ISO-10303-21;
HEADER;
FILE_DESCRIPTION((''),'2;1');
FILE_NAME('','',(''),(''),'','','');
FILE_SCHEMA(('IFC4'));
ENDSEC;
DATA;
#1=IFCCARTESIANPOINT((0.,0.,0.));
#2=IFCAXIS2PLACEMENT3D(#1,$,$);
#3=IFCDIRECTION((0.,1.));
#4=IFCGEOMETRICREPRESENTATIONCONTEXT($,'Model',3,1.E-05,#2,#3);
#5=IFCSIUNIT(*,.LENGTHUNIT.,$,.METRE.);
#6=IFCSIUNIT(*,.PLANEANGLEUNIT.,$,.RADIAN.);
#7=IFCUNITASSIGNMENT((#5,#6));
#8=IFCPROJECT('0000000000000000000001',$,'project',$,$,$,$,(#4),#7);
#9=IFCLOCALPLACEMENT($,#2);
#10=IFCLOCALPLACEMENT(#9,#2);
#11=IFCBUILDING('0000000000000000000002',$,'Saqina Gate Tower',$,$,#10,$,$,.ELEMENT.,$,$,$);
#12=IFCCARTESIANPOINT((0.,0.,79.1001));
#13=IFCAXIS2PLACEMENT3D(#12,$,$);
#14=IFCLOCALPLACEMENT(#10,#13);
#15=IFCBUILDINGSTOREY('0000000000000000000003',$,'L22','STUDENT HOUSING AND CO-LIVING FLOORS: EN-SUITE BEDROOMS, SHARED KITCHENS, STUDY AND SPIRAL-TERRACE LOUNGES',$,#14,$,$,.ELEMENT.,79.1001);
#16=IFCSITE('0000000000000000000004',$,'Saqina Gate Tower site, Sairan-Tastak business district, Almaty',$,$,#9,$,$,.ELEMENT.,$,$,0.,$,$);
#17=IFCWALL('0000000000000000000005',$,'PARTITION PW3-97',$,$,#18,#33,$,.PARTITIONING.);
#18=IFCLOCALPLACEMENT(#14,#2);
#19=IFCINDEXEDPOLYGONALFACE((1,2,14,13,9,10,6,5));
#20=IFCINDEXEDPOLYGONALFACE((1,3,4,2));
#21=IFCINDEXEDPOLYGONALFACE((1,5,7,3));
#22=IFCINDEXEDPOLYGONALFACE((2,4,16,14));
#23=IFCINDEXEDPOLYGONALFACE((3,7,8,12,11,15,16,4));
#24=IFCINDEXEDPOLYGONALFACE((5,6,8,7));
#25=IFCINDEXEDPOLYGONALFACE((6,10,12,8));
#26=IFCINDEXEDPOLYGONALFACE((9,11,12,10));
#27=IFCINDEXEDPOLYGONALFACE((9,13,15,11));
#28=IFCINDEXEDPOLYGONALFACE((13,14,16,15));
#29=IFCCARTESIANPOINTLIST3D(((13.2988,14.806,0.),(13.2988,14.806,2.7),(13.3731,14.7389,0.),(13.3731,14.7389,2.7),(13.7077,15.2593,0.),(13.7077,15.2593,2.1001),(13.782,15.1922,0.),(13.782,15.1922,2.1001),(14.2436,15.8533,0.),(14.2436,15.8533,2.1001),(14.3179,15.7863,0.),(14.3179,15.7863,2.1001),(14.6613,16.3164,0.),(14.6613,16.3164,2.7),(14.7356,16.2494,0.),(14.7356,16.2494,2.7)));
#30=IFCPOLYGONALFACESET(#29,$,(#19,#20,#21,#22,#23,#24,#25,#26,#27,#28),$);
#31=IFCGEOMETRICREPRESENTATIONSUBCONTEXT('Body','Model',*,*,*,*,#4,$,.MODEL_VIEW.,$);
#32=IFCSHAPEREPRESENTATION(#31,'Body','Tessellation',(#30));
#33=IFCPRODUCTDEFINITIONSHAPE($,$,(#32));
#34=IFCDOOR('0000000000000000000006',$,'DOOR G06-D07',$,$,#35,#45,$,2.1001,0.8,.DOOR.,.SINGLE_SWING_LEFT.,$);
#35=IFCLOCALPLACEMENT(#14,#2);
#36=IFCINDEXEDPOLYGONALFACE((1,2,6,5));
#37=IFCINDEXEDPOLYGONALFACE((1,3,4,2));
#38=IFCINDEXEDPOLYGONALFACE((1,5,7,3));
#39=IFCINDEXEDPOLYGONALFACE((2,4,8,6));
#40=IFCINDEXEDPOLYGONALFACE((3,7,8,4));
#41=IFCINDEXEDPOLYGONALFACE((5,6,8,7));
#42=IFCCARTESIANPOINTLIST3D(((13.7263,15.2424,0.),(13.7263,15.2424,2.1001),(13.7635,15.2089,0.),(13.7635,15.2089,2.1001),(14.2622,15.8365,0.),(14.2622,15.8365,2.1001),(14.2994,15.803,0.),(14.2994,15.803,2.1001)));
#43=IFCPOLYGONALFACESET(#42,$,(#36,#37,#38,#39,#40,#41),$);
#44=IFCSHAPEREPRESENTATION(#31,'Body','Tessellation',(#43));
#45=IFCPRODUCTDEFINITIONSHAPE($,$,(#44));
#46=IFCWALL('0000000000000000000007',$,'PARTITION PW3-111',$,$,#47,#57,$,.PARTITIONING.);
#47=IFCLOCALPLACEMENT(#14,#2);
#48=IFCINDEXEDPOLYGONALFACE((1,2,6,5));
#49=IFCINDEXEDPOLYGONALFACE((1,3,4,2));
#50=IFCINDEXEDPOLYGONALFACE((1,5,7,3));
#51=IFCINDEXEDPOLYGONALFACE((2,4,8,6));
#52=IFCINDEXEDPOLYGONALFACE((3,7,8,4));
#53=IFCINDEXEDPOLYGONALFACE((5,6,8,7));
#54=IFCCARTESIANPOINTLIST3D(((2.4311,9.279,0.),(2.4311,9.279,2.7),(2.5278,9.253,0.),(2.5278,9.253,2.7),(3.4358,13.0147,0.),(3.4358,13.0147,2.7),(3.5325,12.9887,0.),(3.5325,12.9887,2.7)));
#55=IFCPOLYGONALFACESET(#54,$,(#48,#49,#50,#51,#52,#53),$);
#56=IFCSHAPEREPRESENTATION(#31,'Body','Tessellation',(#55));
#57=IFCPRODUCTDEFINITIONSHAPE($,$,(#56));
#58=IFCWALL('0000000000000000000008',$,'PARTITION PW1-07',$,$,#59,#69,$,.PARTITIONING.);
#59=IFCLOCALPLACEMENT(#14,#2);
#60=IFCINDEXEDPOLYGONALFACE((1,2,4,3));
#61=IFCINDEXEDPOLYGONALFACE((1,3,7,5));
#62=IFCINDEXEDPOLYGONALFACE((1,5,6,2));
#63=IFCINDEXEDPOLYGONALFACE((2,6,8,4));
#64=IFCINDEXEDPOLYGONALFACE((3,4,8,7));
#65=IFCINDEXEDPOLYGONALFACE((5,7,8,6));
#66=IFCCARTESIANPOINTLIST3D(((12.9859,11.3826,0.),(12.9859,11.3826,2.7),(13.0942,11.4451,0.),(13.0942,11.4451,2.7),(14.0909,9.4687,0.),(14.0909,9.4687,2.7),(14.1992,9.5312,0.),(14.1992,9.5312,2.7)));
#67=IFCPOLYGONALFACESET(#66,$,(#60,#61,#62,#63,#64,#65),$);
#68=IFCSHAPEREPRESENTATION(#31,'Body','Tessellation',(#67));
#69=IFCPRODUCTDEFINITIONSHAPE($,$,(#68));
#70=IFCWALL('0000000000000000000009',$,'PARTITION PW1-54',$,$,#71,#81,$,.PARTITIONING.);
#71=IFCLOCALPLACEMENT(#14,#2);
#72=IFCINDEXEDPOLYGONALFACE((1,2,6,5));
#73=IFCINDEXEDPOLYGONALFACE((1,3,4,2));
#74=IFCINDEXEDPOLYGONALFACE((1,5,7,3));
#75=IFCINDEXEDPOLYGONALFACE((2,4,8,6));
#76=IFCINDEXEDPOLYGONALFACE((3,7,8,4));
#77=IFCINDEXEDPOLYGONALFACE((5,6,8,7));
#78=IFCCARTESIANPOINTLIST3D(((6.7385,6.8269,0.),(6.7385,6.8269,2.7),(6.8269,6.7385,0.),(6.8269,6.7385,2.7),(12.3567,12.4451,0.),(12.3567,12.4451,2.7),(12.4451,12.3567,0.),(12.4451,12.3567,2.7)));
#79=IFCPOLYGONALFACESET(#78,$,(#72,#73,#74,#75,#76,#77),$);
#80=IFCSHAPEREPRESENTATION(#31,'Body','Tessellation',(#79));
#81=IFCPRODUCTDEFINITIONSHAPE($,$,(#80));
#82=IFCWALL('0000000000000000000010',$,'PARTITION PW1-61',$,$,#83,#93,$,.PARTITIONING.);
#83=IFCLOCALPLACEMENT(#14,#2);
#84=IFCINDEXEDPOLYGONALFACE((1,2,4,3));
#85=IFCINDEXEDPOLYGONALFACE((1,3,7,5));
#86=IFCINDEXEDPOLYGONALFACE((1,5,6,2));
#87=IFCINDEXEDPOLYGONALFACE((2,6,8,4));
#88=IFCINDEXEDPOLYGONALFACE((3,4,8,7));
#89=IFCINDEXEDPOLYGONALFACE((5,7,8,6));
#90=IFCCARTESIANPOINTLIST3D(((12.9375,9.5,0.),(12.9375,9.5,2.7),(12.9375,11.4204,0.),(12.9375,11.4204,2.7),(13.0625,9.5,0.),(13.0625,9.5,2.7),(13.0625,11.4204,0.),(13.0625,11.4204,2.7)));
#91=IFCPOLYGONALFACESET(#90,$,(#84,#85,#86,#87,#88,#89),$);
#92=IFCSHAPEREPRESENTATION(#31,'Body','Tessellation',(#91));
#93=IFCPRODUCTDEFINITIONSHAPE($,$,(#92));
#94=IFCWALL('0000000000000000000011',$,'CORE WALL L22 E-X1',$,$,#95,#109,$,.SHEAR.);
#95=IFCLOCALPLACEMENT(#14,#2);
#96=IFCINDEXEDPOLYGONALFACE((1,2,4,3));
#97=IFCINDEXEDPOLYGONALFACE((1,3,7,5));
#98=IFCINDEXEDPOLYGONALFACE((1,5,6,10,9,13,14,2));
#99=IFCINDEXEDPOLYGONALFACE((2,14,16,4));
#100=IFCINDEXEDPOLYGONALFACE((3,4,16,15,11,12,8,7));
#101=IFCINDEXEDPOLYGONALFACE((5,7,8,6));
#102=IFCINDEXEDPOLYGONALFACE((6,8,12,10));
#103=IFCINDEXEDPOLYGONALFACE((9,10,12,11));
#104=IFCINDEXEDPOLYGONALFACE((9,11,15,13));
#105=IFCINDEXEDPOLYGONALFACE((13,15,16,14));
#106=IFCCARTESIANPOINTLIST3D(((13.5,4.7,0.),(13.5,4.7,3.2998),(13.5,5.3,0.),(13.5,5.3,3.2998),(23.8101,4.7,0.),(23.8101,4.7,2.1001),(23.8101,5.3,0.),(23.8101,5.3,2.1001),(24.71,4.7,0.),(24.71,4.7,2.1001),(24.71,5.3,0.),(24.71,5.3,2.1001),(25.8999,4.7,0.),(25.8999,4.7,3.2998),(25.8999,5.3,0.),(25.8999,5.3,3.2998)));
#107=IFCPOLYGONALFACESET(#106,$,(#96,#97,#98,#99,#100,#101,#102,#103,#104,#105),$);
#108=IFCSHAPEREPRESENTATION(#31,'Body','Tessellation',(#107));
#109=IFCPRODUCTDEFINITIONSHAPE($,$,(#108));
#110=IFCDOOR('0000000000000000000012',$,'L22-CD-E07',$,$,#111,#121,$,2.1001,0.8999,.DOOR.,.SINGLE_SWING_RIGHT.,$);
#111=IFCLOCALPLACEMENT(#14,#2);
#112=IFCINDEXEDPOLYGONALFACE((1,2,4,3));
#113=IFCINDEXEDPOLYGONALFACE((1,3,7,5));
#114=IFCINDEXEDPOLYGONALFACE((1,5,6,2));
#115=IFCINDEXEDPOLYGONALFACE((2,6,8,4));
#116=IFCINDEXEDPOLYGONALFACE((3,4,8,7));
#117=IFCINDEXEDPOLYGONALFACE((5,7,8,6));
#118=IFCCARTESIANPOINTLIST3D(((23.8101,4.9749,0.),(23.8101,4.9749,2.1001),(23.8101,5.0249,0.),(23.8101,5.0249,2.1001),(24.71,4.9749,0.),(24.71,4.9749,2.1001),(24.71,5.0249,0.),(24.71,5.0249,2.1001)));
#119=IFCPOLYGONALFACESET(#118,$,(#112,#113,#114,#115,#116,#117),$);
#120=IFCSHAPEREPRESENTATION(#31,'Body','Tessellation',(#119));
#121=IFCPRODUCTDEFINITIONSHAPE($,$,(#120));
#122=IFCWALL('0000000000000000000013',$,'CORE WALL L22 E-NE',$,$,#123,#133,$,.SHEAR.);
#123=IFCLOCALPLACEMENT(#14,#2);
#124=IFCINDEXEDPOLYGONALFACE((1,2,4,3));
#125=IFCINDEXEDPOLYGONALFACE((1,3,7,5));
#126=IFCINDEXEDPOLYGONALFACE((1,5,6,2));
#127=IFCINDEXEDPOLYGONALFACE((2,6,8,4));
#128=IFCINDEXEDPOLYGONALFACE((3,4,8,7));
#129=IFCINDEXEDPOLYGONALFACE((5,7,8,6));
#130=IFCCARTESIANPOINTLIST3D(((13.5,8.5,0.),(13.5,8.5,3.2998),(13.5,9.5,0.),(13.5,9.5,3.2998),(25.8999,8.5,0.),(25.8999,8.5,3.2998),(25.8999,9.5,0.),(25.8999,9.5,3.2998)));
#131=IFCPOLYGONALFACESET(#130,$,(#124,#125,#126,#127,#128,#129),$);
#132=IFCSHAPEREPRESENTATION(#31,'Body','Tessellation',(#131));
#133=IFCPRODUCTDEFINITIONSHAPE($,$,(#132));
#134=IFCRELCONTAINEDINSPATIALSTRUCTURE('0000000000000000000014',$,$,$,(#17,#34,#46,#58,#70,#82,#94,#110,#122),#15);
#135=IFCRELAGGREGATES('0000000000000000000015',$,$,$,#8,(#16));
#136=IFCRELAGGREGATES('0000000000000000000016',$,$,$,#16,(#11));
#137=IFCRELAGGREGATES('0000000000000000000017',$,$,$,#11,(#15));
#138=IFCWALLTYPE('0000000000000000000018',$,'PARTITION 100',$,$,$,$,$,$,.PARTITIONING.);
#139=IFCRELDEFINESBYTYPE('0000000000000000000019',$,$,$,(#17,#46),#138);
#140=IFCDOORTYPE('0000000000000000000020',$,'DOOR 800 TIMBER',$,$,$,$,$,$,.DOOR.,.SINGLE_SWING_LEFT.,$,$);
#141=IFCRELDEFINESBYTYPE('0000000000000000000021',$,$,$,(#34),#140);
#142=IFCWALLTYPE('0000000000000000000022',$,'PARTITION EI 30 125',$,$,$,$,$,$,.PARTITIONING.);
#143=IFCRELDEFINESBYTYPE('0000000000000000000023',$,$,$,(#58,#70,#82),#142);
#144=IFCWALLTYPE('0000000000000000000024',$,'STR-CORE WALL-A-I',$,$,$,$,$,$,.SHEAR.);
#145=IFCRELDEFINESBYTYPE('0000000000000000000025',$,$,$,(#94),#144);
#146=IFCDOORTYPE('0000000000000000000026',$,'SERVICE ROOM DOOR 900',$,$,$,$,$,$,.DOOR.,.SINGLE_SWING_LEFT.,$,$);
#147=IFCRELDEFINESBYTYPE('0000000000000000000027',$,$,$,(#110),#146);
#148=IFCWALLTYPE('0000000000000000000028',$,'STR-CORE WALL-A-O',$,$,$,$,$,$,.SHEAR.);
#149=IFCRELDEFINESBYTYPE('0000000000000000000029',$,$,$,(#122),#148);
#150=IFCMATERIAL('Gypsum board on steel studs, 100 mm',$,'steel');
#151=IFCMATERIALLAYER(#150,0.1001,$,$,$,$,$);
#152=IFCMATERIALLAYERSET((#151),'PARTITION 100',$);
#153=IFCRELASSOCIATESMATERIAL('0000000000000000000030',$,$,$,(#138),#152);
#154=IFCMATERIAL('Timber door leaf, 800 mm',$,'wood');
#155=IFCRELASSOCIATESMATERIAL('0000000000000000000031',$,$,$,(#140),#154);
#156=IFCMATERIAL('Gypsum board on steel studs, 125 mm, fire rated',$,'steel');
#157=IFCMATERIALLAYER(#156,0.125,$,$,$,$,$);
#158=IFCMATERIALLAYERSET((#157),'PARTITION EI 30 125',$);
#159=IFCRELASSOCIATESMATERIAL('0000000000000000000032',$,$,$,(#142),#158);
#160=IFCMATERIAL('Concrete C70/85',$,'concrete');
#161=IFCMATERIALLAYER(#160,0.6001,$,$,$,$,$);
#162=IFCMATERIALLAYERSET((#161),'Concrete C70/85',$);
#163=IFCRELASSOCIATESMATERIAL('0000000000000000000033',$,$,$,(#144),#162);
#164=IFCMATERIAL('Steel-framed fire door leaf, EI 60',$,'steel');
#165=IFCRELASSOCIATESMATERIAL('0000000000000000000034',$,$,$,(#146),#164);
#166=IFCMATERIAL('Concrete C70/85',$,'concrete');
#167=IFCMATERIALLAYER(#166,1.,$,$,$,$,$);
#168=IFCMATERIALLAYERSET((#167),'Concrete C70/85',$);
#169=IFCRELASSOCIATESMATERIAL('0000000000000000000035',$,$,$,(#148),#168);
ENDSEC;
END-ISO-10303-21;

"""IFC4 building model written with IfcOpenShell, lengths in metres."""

from ifc_helpers import new_model, si_unit, direction, frame, frame_2d, origin, place, context, subcontext, project, spatial, rectangle, extrude, material, layer, layer_set, type_object, element, fill, save


model = new_model("IFC4")

# Units and contexts
model_context = context("Model", 3, precision=1e-05, world=origin(), true_north=direction((0.0, 1.0)))
body_context = subcontext(model_context, "Body", "Model", "MODEL_VIEW")
ifc_project = project(units=[si_unit("LENGTHUNIT", "METRE"), si_unit("PLANEANGLEUNIT", "RADIAN")], contexts=[model_context])

# Site, building, storey
site_placement = place(None, origin())
site = spatial("IfcSite", under=ifc_project, at=site_placement, Name="Saqina Gate Tower site, Sairan-Tastak business district, Almaty", CompositionType="ELEMENT", RefElevation=0.0)
building_placement = place(site_placement, origin())
building = spatial("IfcBuilding", under=site, at=building_placement, Name="Saqina Gate Tower", CompositionType="ELEMENT")
storey_placement = place(building_placement, frame((0.0, 0.0, 79.1001)))
storey = spatial("IfcBuildingStorey", under=building, at=storey_placement, Name="L22", Description="STUDENT HOUSING AND CO-LIVING FLOORS: EN-SUITE BEDROOMS, SHARED KITCHENS, STUDY AND SPIRAL-TERRACE LOUNGES", CompositionType="ELEMENT", Elevation=79.1001)

# Wall, opening, door
ifc_material_1 = material(Name="Gypsum board on steel studs, 100 mm", Category="steel")
ifc_layer_1 = layer(ifc_material_1, 0.1001)
ifc_layer_set_1 = layer_set([ifc_layer_1], Name="PARTITION 100")
wall_type_1 = type_object("IfcWallType", Name="PARTITION 100", PredefinedType="PARTITIONING", material=ifc_layer_set_1)
wall_1_placement = place(storey_placement, frame((13.3359, 14.7725, 0.0), z_axis=(0.0, 0.0, 1.0), x_axis=(0.669806, 0.742536, 0.0)))
wall_1 = element("IfcWall", 1, at=wall_1_placement, inside=storey, type_object=wall_type_1, Name="PARTITION PW3-97", PredefinedType="PARTITIONING", context=body_context, shape_type="SweptSolid", body=[
    extrude(rectangle(XDim=2.0342, YDim=0.1001, at=frame_2d((1.0171, 0.0))), origin(), (0.0, 0.0, 1.0), 2.7),
])
opening_1_placement = place(wall_1_placement, frame((0.6106, 0.0, 0.0)))
opening_1 = element("IfcOpeningElement", 2, at=opening_1_placement, cuts=wall_1, PredefinedType="OPENING", context=body_context, shape_type="SweptSolid", body=[
    extrude(rectangle(XDim=0.8, YDim=2.1001, at=frame_2d((0.3999, 1.05))), frame((0.0, 0.062, 0.0), z_axis=(0.0, -1.0, 0.0), x_axis=(1.0, 0.0, 0.0)), (0.0, 0.0, 1.0), 0.124),
])
ifc_material_2 = material(Name="Timber door leaf, 800 mm", Category="wood")
door_type_1 = type_object("IfcDoorType", Name="DOOR 800 TIMBER", OperationType="SINGLE_SWING_LEFT", PredefinedType="DOOR", material=ifc_material_2)
door_1_placement = place(opening_1_placement, origin())
door_1 = element("IfcDoor", 3, at=door_1_placement, inside=storey, type_object=door_type_1, Name="DOOR G06-D07", OperationType="SINGLE_SWING_LEFT", OverallHeight=2.1001, OverallWidth=0.8, PredefinedType="DOOR", context=body_context, shape_type="SweptSolid", body=[
    extrude(rectangle(XDim=0.8, YDim=2.1001, at=frame_2d((0.3999, 1.05))), frame((0.0, 0.0249, 0.0), z_axis=(0.0, -1.0, 0.0), x_axis=(1.0, 0.0, 0.0)), (0.0, 0.0, 1.0), 0.05),
])
fill(opening_1, door_1)

# Walls
wall_2_placement = place(storey_placement, frame((2.4795, 9.2661, 0.0), z_axis=(0.0, 0.0, 1.0), x_axis=(0.259709, 0.965687, 0.0)))
element("IfcWall", 4, at=wall_2_placement, inside=storey, type_object=wall_type_1, Name="PARTITION PW3-111", PredefinedType="PARTITIONING", context=body_context, shape_type="SweptSolid", body=[
    extrude(rectangle(XDim=3.8684, YDim=0.1001, at=frame_2d((1.9341, 0.0))), origin(), (0.0, 0.0, 1.0), 2.7),
])
ifc_material_3 = material(Name="Gypsum board on steel studs, 125 mm, fire rated", Category="steel")
ifc_layer_2 = layer(ifc_material_3, 0.125)
ifc_layer_set_2 = layer_set([ifc_layer_2], Name="PARTITION EI 30 125")
wall_type_2 = type_object("IfcWallType", Name="PARTITION EI 30 125", PredefinedType="PARTITIONING", material=ifc_layer_set_2)
wall_3_placement = place(storey_placement, frame((13.04, 11.4138, 0.0), z_axis=(0.0, 0.0, 1.0), x_axis=(0.500013, -0.866018, 0.0)))
element("IfcWall", 5, at=wall_3_placement, inside=storey, type_object=wall_type_2, Name="PARTITION PW1-07", PredefinedType="PARTITIONING", context=body_context, shape_type="SweptSolid", body=[
    extrude(rectangle(XDim=2.21, YDim=0.125, at=frame_2d((1.105, 0.0))), origin(), (0.0, 0.0, 1.0), 2.7),
])
wall_4_placement = place(storey_placement, frame((6.7827, 6.7827, 0.0), z_axis=(0.0, 0.0, 1.0), x_axis=(0.707107, 0.707107, 0.0)))
element("IfcWall", 6, at=wall_4_placement, inside=storey, type_object=wall_type_2, Name="PARTITION PW1-54", PredefinedType="PARTITIONING", context=body_context, shape_type="SweptSolid", body=[
    extrude(rectangle(XDim=7.9453, YDim=0.125, at=frame_2d((3.9727, 0.0))), origin(), (0.0, 0.0, 1.0), 2.7),
])
wall_5_placement = place(storey_placement, frame((13.0, 9.5, 0.0), z_axis=(0.0, 0.0, 1.0), x_axis=(0.0, 1.0, 0.0)))
element("IfcWall", 7, at=wall_5_placement, inside=storey, type_object=wall_type_2, Name="PARTITION PW1-61", PredefinedType="PARTITIONING", context=body_context, shape_type="SweptSolid", body=[
    extrude(rectangle(XDim=1.9204, YDim=0.125, at=frame_2d((0.9602, 0.0))), origin(), (0.0, 0.0, 1.0), 2.7),
])

# Wall, opening, door
ifc_material_4 = material(Name="Concrete C70/85", Category="concrete")
ifc_layer_3 = layer(ifc_material_4, 0.6001)
ifc_layer_set_3 = layer_set([ifc_layer_3], Name="Concrete C70/85")
wall_type_3 = type_object("IfcWallType", Name="STR-CORE WALL-A-I", PredefinedType="SHEAR", material=ifc_layer_set_3)
wall_6_placement = place(storey_placement, frame((13.5, 5.0, 0.0), z_axis=(0.0, 0.0, 1.0), x_axis=(1.0, 0.0, 0.0)))
wall_6 = element("IfcWall", 8, at=wall_6_placement, inside=storey, type_object=wall_type_3, Name="CORE WALL L22 E-X1", PredefinedType="SHEAR", context=body_context, shape_type="SweptSolid", body=[
    extrude(rectangle(XDim=12.3999, YDim=0.6001, at=frame_2d((6.2, 0.0))), origin(), (0.0, 0.0, 1.0), 3.2998),
])
opening_2_placement = place(wall_6_placement, frame((10.3101, 0.0, 0.0)))
opening_2 = element("IfcOpeningElement", 9, at=opening_2_placement, cuts=wall_6, PredefinedType="OPENING", context=body_context, shape_type="SweptSolid", body=[
    extrude(rectangle(XDim=0.8999, YDim=2.1001, at=frame_2d((0.45, 1.05))), frame((0.0, 0.312, 0.0), z_axis=(0.0, -1.0, 0.0), x_axis=(1.0, 0.0, 0.0)), (0.0, 0.0, 1.0), 0.624),
])
ifc_material_5 = material(Name="Steel-framed fire door leaf, EI 60", Category="steel")
door_type_2 = type_object("IfcDoorType", Name="SERVICE ROOM DOOR 900", OperationType="SINGLE_SWING_LEFT", PredefinedType="DOOR", material=ifc_material_5)
door_2_placement = place(opening_2_placement, origin())
door_2 = element("IfcDoor", 10, at=door_2_placement, inside=storey, type_object=door_type_2, Name="L22-CD-E07", OperationType="SINGLE_SWING_RIGHT", OverallHeight=2.1001, OverallWidth=0.8999, PredefinedType="DOOR", context=body_context, shape_type="SweptSolid", body=[
    extrude(rectangle(XDim=0.8999, YDim=2.1001, at=frame_2d((0.45, 1.05))), frame((0.0, 0.0249, 0.0), z_axis=(0.0, -1.0, 0.0), x_axis=(1.0, 0.0, 0.0)), (0.0, 0.0, 1.0), 0.05),
])
fill(opening_2, door_2)

# Wall
ifc_material_6 = material(Name="Concrete C70/85", Category="concrete")
ifc_layer_4 = layer(ifc_material_6, 1.0)
ifc_layer_set_4 = layer_set([ifc_layer_4], Name="Concrete C70/85")
wall_type_4 = type_object("IfcWallType", Name="STR-CORE WALL-A-O", PredefinedType="SHEAR", material=ifc_layer_set_4)
wall_7_placement = place(storey_placement, frame((13.5, 9.0, 0.0), z_axis=(0.0, 0.0, 1.0), x_axis=(1.0, 0.0, 0.0)))
element("IfcWall", 11, at=wall_7_placement, inside=storey, type_object=wall_type_4, Name="CORE WALL L22 E-NE", PredefinedType="SHEAR", context=body_context, shape_type="SweptSolid", body=[
    extrude(rectangle(XDim=12.3999, YDim=1.0, at=frame_2d((6.2, 0.0))), origin(), (0.0, 0.0, 1.0), 3.2998),
])

save(model, "model.ifc")
